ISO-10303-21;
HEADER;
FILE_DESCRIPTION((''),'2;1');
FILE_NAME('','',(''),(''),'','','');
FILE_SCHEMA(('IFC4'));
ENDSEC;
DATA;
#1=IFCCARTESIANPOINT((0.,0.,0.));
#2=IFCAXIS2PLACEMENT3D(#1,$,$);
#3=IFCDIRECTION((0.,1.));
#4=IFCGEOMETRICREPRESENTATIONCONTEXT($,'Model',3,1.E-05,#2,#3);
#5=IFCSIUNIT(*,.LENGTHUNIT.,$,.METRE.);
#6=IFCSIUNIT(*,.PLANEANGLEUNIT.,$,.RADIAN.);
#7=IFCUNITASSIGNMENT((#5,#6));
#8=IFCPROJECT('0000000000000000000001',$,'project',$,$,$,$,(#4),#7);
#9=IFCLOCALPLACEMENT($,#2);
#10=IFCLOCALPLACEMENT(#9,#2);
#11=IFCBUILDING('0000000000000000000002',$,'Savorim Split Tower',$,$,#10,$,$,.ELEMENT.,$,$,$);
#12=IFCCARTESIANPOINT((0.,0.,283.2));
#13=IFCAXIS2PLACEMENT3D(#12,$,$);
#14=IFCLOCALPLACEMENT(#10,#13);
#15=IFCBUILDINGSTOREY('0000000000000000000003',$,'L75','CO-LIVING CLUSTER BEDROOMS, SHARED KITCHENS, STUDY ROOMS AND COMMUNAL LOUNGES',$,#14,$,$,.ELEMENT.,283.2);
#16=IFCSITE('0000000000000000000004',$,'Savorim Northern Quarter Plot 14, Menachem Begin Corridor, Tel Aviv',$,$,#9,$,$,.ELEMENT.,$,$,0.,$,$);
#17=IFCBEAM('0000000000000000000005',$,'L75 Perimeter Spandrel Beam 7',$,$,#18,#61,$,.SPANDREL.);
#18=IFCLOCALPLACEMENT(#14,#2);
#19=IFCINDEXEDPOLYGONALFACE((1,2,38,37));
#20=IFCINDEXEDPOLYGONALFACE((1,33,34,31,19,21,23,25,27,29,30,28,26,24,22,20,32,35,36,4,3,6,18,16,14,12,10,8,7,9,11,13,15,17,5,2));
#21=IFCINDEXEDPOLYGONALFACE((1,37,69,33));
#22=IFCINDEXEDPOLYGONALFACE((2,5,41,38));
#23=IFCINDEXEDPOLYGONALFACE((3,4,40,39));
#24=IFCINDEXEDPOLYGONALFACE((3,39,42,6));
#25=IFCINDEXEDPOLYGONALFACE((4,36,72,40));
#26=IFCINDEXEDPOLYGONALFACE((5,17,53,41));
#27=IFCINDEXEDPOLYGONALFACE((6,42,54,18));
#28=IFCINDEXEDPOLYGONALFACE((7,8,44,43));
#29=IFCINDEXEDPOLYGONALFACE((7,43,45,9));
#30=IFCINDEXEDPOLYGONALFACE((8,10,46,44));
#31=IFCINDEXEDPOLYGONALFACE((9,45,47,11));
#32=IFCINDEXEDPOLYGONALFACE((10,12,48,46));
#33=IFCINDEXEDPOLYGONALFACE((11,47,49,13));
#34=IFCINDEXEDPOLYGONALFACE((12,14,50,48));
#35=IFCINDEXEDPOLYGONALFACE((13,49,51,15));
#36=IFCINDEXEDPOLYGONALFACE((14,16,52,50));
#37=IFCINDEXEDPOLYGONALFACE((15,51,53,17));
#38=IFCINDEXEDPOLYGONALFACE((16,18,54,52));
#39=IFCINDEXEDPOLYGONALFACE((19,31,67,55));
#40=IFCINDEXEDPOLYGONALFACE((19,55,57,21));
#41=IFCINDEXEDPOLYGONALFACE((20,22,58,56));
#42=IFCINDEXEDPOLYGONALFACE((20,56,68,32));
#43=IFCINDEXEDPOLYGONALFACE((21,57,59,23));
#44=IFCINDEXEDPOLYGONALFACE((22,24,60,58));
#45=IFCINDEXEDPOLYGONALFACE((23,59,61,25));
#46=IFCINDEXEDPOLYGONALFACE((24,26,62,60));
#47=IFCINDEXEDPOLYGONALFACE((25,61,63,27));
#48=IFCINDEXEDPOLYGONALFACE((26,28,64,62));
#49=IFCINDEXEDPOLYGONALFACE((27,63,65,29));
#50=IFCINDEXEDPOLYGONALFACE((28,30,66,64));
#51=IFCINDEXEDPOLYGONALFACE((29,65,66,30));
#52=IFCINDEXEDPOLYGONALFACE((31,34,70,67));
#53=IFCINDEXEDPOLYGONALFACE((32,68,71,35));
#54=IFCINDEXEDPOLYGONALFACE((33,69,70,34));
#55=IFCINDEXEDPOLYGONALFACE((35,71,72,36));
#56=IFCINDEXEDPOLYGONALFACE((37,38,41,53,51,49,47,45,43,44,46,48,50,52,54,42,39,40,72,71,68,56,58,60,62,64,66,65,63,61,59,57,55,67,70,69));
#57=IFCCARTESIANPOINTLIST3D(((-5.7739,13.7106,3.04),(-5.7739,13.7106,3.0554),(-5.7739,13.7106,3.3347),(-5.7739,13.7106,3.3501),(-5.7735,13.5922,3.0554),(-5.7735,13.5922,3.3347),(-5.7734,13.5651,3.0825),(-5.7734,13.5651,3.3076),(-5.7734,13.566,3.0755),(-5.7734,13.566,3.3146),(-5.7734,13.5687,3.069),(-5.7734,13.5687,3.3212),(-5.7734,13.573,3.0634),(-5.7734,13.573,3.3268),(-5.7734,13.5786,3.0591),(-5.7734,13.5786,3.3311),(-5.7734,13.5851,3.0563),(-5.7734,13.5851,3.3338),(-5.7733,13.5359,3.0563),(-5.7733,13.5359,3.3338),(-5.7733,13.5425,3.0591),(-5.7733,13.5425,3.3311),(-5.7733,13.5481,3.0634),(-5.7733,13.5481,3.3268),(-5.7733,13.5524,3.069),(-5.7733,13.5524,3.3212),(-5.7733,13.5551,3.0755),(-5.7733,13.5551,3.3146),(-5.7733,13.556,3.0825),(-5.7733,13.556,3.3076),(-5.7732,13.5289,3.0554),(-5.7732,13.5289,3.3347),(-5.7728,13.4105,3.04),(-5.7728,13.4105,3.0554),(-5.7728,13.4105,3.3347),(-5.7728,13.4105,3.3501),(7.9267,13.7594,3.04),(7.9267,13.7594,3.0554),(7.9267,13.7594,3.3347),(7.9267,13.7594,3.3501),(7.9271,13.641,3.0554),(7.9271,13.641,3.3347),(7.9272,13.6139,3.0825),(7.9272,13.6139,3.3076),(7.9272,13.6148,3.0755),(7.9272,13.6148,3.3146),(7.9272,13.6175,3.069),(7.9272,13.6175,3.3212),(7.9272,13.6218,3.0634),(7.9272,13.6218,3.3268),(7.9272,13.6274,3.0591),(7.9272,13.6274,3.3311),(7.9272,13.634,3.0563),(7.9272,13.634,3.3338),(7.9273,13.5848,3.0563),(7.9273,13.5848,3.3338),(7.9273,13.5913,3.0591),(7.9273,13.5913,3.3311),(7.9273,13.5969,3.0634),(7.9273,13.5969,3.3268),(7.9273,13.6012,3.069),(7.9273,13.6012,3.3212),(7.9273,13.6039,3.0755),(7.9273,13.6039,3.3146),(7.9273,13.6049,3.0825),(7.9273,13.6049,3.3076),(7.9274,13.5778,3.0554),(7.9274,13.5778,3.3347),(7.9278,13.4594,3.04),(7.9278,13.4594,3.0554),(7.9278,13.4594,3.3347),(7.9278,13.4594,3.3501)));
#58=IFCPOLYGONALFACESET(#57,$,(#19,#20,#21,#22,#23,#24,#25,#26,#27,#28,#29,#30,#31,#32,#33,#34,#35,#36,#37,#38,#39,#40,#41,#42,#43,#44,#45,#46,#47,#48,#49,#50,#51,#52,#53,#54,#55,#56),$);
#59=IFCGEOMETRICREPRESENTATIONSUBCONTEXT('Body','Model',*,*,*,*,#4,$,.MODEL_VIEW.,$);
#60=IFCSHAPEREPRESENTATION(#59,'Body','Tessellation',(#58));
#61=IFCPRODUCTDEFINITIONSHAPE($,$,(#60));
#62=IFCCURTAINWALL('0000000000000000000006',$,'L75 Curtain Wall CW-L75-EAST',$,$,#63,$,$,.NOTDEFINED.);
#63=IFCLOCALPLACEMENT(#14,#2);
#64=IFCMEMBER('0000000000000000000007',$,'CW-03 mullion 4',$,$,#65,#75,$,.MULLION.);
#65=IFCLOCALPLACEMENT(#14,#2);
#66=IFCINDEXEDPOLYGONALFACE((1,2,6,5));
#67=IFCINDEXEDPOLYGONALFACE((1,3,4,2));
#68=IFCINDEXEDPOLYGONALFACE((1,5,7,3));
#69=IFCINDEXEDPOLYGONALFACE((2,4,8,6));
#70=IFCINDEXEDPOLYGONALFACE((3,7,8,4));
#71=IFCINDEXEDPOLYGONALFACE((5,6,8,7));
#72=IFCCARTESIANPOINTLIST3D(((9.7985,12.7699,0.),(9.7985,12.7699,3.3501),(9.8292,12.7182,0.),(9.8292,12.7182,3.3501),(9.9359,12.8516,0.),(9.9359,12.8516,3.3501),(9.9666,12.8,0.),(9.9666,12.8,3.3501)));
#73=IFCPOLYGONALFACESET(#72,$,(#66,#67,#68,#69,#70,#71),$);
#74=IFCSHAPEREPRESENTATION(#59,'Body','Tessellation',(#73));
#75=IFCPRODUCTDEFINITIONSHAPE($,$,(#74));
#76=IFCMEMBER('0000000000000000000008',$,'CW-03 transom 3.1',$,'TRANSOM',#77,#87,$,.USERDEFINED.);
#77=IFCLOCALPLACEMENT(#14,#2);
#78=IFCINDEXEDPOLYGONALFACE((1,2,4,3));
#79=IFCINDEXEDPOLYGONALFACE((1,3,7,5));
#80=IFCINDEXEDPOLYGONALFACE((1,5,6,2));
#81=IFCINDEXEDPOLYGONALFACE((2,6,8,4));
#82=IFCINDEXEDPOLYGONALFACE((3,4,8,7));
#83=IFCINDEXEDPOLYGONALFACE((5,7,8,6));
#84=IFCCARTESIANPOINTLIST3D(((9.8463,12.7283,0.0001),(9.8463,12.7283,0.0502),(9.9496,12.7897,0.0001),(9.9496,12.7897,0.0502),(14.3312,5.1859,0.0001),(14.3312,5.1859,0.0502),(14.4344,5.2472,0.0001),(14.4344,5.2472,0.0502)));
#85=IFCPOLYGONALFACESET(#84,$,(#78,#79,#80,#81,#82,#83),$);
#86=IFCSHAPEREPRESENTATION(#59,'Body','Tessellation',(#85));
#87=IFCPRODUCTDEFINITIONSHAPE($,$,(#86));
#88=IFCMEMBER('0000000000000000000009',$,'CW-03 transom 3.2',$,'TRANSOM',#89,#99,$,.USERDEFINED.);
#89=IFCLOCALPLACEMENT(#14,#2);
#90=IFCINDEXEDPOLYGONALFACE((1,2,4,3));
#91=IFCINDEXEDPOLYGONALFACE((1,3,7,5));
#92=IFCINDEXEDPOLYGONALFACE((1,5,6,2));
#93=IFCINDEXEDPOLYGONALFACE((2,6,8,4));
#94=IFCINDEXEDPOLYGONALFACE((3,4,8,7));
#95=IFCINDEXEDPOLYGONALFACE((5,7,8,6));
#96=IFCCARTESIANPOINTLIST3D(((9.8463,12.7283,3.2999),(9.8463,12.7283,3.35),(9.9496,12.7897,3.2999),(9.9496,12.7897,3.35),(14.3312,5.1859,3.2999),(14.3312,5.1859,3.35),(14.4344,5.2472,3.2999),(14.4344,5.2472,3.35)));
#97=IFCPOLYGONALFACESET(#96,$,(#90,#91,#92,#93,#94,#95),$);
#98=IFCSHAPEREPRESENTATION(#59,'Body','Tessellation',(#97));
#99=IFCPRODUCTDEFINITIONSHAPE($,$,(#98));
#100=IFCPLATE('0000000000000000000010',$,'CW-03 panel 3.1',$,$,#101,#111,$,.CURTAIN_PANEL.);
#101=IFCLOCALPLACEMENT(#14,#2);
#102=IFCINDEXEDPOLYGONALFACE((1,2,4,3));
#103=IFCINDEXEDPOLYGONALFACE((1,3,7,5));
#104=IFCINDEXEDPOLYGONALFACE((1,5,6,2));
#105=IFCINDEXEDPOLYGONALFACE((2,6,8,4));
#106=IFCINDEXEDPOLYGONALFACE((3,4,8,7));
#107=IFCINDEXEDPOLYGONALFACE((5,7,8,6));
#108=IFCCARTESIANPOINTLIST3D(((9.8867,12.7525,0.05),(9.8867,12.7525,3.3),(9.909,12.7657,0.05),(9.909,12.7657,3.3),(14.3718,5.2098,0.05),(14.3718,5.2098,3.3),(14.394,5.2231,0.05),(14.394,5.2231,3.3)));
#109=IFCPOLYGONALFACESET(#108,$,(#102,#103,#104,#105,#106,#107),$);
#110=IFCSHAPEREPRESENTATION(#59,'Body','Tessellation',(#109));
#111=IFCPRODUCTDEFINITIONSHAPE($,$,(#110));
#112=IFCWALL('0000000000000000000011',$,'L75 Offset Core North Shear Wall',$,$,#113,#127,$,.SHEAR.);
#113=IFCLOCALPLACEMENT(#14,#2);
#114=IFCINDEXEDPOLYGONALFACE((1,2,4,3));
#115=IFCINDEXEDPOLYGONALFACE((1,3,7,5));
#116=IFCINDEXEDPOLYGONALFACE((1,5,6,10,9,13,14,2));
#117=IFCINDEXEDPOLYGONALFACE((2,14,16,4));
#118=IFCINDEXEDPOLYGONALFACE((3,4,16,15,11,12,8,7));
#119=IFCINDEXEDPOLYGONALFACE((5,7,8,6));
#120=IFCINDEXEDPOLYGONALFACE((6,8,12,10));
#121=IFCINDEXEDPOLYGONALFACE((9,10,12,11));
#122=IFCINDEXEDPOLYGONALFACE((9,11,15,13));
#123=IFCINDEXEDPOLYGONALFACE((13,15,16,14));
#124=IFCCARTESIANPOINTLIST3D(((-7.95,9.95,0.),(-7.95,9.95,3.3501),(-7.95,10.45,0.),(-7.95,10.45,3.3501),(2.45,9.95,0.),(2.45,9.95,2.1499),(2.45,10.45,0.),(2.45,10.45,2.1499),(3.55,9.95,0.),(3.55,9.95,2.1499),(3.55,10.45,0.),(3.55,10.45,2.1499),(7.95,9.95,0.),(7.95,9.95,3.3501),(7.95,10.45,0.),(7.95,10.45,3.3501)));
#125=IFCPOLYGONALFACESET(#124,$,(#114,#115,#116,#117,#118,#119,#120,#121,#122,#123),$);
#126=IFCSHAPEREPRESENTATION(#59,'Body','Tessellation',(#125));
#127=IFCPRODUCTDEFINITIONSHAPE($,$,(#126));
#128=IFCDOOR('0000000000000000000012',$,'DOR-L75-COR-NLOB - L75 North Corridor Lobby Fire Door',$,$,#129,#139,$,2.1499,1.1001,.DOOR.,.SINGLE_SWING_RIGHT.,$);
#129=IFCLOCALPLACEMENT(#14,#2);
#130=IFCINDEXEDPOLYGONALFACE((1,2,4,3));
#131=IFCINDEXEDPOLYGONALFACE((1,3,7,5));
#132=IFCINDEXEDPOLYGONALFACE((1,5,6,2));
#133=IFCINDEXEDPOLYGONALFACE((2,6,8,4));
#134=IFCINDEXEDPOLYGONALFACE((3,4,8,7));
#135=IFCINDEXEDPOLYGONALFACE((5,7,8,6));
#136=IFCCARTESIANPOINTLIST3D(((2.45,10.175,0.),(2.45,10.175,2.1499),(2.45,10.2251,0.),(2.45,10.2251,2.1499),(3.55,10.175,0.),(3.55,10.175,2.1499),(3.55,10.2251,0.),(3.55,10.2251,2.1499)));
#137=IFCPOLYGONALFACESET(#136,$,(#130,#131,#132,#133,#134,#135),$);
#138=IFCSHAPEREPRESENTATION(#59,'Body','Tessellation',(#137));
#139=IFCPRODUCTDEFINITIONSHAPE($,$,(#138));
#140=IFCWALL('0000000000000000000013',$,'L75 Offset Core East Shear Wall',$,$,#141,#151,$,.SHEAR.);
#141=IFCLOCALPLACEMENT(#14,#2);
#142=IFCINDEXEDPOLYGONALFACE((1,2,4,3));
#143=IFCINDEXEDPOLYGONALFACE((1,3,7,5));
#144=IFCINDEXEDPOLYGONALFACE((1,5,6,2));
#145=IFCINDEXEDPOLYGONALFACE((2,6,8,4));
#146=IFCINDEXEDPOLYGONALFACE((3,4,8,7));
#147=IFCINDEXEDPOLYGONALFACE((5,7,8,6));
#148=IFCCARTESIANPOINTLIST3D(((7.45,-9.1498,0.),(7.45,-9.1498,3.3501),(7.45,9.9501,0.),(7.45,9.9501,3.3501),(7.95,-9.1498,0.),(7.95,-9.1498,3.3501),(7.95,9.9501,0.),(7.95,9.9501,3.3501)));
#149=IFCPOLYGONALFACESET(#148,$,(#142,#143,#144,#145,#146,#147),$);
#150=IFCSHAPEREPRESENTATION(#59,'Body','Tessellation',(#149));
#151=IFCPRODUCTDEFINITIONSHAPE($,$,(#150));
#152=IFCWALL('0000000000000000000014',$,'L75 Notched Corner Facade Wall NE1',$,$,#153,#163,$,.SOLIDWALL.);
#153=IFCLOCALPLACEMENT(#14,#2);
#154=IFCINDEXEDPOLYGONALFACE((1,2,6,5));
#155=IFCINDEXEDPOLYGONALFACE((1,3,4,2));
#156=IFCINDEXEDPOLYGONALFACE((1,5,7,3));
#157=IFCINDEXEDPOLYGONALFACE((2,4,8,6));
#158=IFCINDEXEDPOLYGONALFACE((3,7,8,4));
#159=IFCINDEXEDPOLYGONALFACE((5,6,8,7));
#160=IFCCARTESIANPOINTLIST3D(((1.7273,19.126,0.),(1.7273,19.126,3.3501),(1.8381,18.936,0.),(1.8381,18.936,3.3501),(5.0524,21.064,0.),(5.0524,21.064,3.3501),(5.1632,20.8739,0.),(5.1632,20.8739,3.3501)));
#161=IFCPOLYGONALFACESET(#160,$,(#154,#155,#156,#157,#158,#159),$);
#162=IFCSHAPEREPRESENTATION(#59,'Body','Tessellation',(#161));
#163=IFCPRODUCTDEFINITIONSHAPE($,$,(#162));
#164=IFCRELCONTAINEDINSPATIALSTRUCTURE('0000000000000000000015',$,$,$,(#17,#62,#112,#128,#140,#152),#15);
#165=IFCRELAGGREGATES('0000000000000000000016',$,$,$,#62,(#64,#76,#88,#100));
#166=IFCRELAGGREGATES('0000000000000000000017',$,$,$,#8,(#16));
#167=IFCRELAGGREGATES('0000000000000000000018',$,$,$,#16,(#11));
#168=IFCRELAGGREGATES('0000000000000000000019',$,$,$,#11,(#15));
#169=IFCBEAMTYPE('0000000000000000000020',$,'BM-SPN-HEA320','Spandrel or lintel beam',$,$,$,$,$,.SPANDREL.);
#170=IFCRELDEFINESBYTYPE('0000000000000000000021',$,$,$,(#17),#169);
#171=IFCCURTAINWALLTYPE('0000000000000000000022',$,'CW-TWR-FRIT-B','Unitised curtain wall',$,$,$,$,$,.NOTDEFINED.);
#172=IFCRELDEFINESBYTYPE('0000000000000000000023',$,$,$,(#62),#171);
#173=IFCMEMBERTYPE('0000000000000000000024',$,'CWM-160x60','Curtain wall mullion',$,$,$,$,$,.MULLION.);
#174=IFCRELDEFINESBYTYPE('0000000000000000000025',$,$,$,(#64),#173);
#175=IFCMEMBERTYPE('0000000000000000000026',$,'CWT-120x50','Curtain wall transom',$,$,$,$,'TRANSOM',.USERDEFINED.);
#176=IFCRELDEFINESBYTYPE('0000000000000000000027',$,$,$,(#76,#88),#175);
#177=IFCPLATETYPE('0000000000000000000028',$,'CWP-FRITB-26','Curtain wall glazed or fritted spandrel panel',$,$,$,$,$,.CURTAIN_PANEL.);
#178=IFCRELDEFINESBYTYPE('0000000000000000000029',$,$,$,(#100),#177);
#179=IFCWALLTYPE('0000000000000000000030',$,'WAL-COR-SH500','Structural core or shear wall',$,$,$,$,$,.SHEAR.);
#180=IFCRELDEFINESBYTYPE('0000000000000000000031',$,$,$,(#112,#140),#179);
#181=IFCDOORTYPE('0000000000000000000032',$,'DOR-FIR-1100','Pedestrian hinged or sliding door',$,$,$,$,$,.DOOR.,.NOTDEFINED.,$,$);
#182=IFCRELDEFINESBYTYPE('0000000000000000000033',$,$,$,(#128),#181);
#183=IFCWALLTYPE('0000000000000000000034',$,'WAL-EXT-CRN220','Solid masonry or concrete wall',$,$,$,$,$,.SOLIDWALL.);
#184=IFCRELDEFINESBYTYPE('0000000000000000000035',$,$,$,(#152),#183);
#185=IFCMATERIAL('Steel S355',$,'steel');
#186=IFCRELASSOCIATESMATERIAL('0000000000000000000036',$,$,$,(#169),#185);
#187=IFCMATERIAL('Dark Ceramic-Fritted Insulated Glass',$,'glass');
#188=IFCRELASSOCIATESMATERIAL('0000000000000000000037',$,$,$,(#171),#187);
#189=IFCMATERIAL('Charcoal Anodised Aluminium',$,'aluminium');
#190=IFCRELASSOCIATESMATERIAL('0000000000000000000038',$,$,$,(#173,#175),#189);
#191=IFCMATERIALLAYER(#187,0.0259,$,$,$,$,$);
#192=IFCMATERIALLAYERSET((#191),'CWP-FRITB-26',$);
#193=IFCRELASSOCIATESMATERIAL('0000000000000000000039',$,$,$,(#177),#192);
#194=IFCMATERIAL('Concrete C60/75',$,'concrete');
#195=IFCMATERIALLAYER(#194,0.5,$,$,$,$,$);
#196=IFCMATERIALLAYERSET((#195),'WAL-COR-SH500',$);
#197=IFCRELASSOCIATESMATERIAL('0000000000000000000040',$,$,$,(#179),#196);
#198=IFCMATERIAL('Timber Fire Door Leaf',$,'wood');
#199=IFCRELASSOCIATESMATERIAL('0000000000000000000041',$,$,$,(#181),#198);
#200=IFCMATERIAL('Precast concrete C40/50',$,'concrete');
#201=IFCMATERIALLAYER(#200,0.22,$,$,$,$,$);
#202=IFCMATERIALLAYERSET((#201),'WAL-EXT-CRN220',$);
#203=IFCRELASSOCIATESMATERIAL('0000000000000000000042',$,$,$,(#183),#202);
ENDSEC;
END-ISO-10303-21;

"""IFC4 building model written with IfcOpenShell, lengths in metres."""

from ifc_helpers import new_model, si_unit, direction, frame, frame_2d, origin, origin_2d, place, context, subcontext, project, spatial, rectangle, i_section, extrude, material, layer, layer_set, material_profile, profile_set, type_object, element, fill, aggregate, save


model = new_model("IFC4")

# Units and contexts
model_context = context("Model", 3, precision=1e-05, world=origin(), true_north=direction((0.0, 1.0)))
body_context = subcontext(model_context, "Body", "Model", "MODEL_VIEW")
ifc_project = project(units=[si_unit("LENGTHUNIT", "METRE"), si_unit("PLANEANGLEUNIT", "RADIAN")], contexts=[model_context])

# Site, building, storey
site_placement = place(None, origin())
site = spatial("IfcSite", under=ifc_project, at=site_placement, Name="Savorim Northern Quarter Plot 14, Menachem Begin Corridor, Tel Aviv", CompositionType="ELEMENT", RefElevation=0.0)
building_placement = place(site_placement, origin())
building = spatial("IfcBuilding", under=site, at=building_placement, Name="Savorim Split Tower", CompositionType="ELEMENT")
storey_placement = place(building_placement, frame((0.0, 0.0, 283.2)))
storey = spatial("IfcBuildingStorey", under=building, at=storey_placement, Name="L75", Description="CO-LIVING CLUSTER BEDROOMS, SHARED KITCHENS, STUDY ROOMS AND COMMUNAL LOUNGES", CompositionType="ELEMENT", Elevation=283.2)

# Shared definitions
ifc_material_1 = material(Name="Steel S355", Category="steel")

# Beam
ifc_material_profile_1 = material_profile(ifc_material_1, i_section(OverallWidth=0.3, OverallDepth=0.3101, WebThickness=0.009, FlangeThickness=0.0154, FilletRadius=0.0271, at=origin_2d()), Name="HEA 320")
ifc_profile_set_1 = profile_set([ifc_material_profile_1], Name="Steel S355")
beam_type_1 = type_object("IfcBeamType", Name="BM-SPN-HEA320", Description="Spandrel or lintel beam", PredefinedType="SPANDREL", material=ifc_profile_set_1)
beam_1_placement = place(storey_placement, frame((7.9272, 13.6094, 3.1951), z_axis=(-0.999994, -0.003564, 0.0), x_axis=(0.003564, -0.999994, 0.0)))
element("IfcBeam", 1, at=beam_1_placement, inside=storey, type_object=beam_type_1, Name="L75 Perimeter Spandrel Beam 7", PredefinedType="SPANDREL", context=body_context, shape_type="SweptSolid", body=[
    extrude(i_section(OverallWidth=0.3, OverallDepth=0.3101, WebThickness=0.009, FlangeThickness=0.0154, FilletRadius=0.0271, at=origin_2d()), origin(), (0.0, 0.0, 1.0), 13.7007),
])

# Curtain wall, members, plate
ifc_material_2 = material(Name="Dark Ceramic-Fritted Insulated Glass", Category="glass")
curtain_wall_type = type_object("IfcCurtainWallType", Name="CW-TWR-FRIT-B", Description="Unitised curtain wall", PredefinedType="NOTDEFINED", material=ifc_material_2)
curtain_wall_placement = place(storey_placement, origin())
curtain_wall = element("IfcCurtainWall", 2, at=curtain_wall_placement, inside=storey, type_object=curtain_wall_type, Name="L75 Curtain Wall CW-L75-EAST", PredefinedType="NOTDEFINED")
ifc_material_3 = material(Name="Charcoal Anodised Aluminium", Category="aluminium")
ifc_material_profile_2 = material_profile(ifc_material_3, rectangle(XDim=0.1599, YDim=0.0601, at=origin_2d()), Name="ALU-M 160x60")
ifc_profile_set_2 = profile_set([ifc_material_profile_2], Name="Charcoal Anodised Aluminium")
member_type_1 = type_object("IfcMemberType", Name="CWM-160x60", Description="Curtain wall mullion", PredefinedType="MULLION", material=ifc_profile_set_2)
member_1_placement = place(storey_placement, frame((9.8826, 12.7849, 0.0), z_axis=(0.0, 0.0, 1.0), x_axis=(-0.859526, -0.511092, 0.0)))
member_1 = element("IfcMember", 3, at=member_1_placement, type_object=member_type_1, Name="CW-03 mullion 4", PredefinedType="MULLION", context=body_context, shape_type="SweptSolid", body=[
    extrude(rectangle(XDim=0.1599, YDim=0.0601, at=origin_2d()), origin(), (0.0, 0.0, 1.0), 3.3501),
])
ifc_material_profile_3 = material_profile(ifc_material_3, rectangle(XDim=0.1201, YDim=0.05, at=origin_2d()), Name="ALU-T 120x50")
ifc_profile_set_3 = profile_set([ifc_material_profile_3], Name="Charcoal Anodised Aluminium")
member_type_2 = type_object("IfcMemberType", Name="CWT-120x50", Description="Curtain wall transom", ElementType="TRANSOM", PredefinedType="USERDEFINED", material=ifc_profile_set_3)
member_2_placement = place(storey_placement, frame((14.3828, 5.2166, 0.0251), z_axis=(-0.511088, 0.859529, 0.0), x_axis=(-0.859529, -0.511088, 0.0)))
member_2 = element("IfcMember", 4, at=member_2_placement, type_object=member_type_2, Name="CW-03 transom 3.1", ObjectType="TRANSOM", PredefinedType="USERDEFINED", context=body_context, shape_type="SweptSolid", body=[
    extrude(rectangle(XDim=0.1201, YDim=0.05, at=origin_2d()), origin(), (0.0, 0.0, 1.0), 8.7751),
])
member_3_placement = place(storey_placement, frame((14.3828, 5.2166, 3.325), z_axis=(-0.511088, 0.859529, 0.0), x_axis=(-0.859529, -0.511088, 0.0)))
member_3 = element("IfcMember", 5, at=member_3_placement, type_object=member_type_2, Name="CW-03 transom 3.2", ObjectType="TRANSOM", PredefinedType="USERDEFINED", context=body_context, shape_type="SweptSolid", body=[
    extrude(rectangle(XDim=0.1201, YDim=0.05, at=origin_2d()), origin(), (0.0, 0.0, 1.0), 8.7751),
])
ifc_layer_1 = layer(ifc_material_2, 0.0259)
ifc_layer_set_1 = layer_set([ifc_layer_1], Name="CWP-FRITB-26")
plate_type = type_object("IfcPlateType", Name="CWP-FRITB-26", Description="Curtain wall glazed or fritted spandrel panel", PredefinedType="CURTAIN_PANEL", material=ifc_layer_set_1)
plate_placement = place(storey_placement, frame((12.1404, 8.9878, 0.05), z_axis=(0.0, 0.0, 1.0), x_axis=(-0.511092, 0.859526, 0.0)))
plate = element("IfcPlate", 6, at=plate_placement, type_object=plate_type, Name="CW-03 panel 3.1", PredefinedType="CURTAIN_PANEL", context=body_context, shape_type="SweptSolid", body=[
    extrude(rectangle(XDim=8.7754, YDim=0.0259, at=origin_2d()), origin(), (0.0, 0.0, 1.0), 3.25),
])
aggregate(curtain_wall, [member_1, member_2, member_3, plate])

# Wall, opening, door
ifc_material_4 = material(Name="Concrete C60/75", Category="concrete")
ifc_layer_2 = layer(ifc_material_4, 0.5)
ifc_layer_set_2 = layer_set([ifc_layer_2], Name="WAL-COR-SH500")
wall_type_1 = type_object("IfcWallType", Name="WAL-COR-SH500", Description="Structural core or shear wall", PredefinedType="SHEAR", material=ifc_layer_set_2)
wall_1_placement = place(storey_placement, frame((7.95, 10.2, 0.0), z_axis=(0.0, 0.0, 1.0), x_axis=(-1.0, 0.0, 0.0)))
wall_1 = element("IfcWall", 7, at=wall_1_placement, inside=storey, type_object=wall_type_1, Name="L75 Offset Core North Shear Wall", PredefinedType="SHEAR", context=body_context, shape_type="SweptSolid", body=[
    extrude(rectangle(XDim=15.8999, YDim=0.5, at=frame_2d((7.95, 0.0))), origin(), (0.0, 0.0, 1.0), 3.3501),
])
opening_1_placement = place(wall_1_placement, frame((4.3999, 0.0, 0.0)))
opening_1 = element("IfcOpeningElement", 8, at=opening_1_placement, cuts=wall_1, PredefinedType="OPENING", context=body_context, shape_type="SweptSolid", body=[
    extrude(rectangle(XDim=1.1001, YDim=2.1499, at=frame_2d((0.55, 1.075))), frame((0.0, 0.26, 0.0), z_axis=(0.0, -1.0, 0.0), x_axis=(1.0, 0.0, 0.0)), (0.0, 0.0, 1.0), 0.52),
])
ifc_material_5 = material(Name="Timber Fire Door Leaf", Category="wood")
door_type_1 = type_object("IfcDoorType", Name="DOR-FIR-1100", Description="Pedestrian hinged or sliding door", OperationType="NOTDEFINED", PredefinedType="DOOR", material=ifc_material_5)
door_1_placement = place(opening_1_placement, origin())
door_1 = element("IfcDoor", 9, at=door_1_placement, inside=storey, type_object=door_type_1, Name="DOR-L75-COR-NLOB - L75 North Corridor Lobby Fire Door", OperationType="SINGLE_SWING_RIGHT", OverallHeight=2.1499, OverallWidth=1.1001, PredefinedType="DOOR", context=body_context, shape_type="SweptSolid", body=[
    extrude(rectangle(XDim=1.1001, YDim=2.1499, at=frame_2d((0.55, 1.075))), frame((0.0, 0.0249, 0.0), z_axis=(0.0, -1.0, 0.0), x_axis=(1.0, 0.0, 0.0)), (0.0, 0.0, 1.0), 0.05),
])
fill(opening_1, door_1)

# Walls
wall_2_placement = place(storey_placement, frame((7.7, 9.95, 0.0), z_axis=(0.0, 0.0, 1.0), x_axis=(0.0, -1.0, 0.0)))
element("IfcWall", 10, at=wall_2_placement, inside=storey, type_object=wall_type_1, Name="L75 Offset Core East Shear Wall", PredefinedType="SHEAR", context=body_context, shape_type="SweptSolid", body=[
    extrude(rectangle(XDim=19.0999, YDim=0.5, at=frame_2d((9.5498, 0.0))), origin(), (0.0, 0.0, 1.0), 3.3501),
])
ifc_material_6 = material(Name="Precast concrete C40/50", Category="concrete")
ifc_layer_3 = layer(ifc_material_6, 0.22)
ifc_layer_set_3 = layer_set([ifc_layer_3], Name="WAL-EXT-CRN220")
wall_type_2 = type_object("IfcWallType", Name="WAL-EXT-CRN220", Description="Solid masonry or concrete wall", PredefinedType="SOLIDWALL", material=ifc_layer_set_3)
wall_3_placement = place(storey_placement, frame((1.7827, 19.031, 0.0), z_axis=(0.0, 0.0, 1.0), x_axis=(0.863972, 0.50354, 0.0)))
element("IfcWall", 11, at=wall_3_placement, inside=storey, type_object=wall_type_2, Name="L75 Notched Corner Facade Wall NE1", PredefinedType="SOLIDWALL", context=body_context, shape_type="SweptSolid", body=[
    extrude(rectangle(XDim=3.8486, YDim=0.22, at=frame_2d((1.9243, 0.0))), origin(), (0.0, 0.0, 1.0), 3.3501),
])

save(model, "model.ifc")
